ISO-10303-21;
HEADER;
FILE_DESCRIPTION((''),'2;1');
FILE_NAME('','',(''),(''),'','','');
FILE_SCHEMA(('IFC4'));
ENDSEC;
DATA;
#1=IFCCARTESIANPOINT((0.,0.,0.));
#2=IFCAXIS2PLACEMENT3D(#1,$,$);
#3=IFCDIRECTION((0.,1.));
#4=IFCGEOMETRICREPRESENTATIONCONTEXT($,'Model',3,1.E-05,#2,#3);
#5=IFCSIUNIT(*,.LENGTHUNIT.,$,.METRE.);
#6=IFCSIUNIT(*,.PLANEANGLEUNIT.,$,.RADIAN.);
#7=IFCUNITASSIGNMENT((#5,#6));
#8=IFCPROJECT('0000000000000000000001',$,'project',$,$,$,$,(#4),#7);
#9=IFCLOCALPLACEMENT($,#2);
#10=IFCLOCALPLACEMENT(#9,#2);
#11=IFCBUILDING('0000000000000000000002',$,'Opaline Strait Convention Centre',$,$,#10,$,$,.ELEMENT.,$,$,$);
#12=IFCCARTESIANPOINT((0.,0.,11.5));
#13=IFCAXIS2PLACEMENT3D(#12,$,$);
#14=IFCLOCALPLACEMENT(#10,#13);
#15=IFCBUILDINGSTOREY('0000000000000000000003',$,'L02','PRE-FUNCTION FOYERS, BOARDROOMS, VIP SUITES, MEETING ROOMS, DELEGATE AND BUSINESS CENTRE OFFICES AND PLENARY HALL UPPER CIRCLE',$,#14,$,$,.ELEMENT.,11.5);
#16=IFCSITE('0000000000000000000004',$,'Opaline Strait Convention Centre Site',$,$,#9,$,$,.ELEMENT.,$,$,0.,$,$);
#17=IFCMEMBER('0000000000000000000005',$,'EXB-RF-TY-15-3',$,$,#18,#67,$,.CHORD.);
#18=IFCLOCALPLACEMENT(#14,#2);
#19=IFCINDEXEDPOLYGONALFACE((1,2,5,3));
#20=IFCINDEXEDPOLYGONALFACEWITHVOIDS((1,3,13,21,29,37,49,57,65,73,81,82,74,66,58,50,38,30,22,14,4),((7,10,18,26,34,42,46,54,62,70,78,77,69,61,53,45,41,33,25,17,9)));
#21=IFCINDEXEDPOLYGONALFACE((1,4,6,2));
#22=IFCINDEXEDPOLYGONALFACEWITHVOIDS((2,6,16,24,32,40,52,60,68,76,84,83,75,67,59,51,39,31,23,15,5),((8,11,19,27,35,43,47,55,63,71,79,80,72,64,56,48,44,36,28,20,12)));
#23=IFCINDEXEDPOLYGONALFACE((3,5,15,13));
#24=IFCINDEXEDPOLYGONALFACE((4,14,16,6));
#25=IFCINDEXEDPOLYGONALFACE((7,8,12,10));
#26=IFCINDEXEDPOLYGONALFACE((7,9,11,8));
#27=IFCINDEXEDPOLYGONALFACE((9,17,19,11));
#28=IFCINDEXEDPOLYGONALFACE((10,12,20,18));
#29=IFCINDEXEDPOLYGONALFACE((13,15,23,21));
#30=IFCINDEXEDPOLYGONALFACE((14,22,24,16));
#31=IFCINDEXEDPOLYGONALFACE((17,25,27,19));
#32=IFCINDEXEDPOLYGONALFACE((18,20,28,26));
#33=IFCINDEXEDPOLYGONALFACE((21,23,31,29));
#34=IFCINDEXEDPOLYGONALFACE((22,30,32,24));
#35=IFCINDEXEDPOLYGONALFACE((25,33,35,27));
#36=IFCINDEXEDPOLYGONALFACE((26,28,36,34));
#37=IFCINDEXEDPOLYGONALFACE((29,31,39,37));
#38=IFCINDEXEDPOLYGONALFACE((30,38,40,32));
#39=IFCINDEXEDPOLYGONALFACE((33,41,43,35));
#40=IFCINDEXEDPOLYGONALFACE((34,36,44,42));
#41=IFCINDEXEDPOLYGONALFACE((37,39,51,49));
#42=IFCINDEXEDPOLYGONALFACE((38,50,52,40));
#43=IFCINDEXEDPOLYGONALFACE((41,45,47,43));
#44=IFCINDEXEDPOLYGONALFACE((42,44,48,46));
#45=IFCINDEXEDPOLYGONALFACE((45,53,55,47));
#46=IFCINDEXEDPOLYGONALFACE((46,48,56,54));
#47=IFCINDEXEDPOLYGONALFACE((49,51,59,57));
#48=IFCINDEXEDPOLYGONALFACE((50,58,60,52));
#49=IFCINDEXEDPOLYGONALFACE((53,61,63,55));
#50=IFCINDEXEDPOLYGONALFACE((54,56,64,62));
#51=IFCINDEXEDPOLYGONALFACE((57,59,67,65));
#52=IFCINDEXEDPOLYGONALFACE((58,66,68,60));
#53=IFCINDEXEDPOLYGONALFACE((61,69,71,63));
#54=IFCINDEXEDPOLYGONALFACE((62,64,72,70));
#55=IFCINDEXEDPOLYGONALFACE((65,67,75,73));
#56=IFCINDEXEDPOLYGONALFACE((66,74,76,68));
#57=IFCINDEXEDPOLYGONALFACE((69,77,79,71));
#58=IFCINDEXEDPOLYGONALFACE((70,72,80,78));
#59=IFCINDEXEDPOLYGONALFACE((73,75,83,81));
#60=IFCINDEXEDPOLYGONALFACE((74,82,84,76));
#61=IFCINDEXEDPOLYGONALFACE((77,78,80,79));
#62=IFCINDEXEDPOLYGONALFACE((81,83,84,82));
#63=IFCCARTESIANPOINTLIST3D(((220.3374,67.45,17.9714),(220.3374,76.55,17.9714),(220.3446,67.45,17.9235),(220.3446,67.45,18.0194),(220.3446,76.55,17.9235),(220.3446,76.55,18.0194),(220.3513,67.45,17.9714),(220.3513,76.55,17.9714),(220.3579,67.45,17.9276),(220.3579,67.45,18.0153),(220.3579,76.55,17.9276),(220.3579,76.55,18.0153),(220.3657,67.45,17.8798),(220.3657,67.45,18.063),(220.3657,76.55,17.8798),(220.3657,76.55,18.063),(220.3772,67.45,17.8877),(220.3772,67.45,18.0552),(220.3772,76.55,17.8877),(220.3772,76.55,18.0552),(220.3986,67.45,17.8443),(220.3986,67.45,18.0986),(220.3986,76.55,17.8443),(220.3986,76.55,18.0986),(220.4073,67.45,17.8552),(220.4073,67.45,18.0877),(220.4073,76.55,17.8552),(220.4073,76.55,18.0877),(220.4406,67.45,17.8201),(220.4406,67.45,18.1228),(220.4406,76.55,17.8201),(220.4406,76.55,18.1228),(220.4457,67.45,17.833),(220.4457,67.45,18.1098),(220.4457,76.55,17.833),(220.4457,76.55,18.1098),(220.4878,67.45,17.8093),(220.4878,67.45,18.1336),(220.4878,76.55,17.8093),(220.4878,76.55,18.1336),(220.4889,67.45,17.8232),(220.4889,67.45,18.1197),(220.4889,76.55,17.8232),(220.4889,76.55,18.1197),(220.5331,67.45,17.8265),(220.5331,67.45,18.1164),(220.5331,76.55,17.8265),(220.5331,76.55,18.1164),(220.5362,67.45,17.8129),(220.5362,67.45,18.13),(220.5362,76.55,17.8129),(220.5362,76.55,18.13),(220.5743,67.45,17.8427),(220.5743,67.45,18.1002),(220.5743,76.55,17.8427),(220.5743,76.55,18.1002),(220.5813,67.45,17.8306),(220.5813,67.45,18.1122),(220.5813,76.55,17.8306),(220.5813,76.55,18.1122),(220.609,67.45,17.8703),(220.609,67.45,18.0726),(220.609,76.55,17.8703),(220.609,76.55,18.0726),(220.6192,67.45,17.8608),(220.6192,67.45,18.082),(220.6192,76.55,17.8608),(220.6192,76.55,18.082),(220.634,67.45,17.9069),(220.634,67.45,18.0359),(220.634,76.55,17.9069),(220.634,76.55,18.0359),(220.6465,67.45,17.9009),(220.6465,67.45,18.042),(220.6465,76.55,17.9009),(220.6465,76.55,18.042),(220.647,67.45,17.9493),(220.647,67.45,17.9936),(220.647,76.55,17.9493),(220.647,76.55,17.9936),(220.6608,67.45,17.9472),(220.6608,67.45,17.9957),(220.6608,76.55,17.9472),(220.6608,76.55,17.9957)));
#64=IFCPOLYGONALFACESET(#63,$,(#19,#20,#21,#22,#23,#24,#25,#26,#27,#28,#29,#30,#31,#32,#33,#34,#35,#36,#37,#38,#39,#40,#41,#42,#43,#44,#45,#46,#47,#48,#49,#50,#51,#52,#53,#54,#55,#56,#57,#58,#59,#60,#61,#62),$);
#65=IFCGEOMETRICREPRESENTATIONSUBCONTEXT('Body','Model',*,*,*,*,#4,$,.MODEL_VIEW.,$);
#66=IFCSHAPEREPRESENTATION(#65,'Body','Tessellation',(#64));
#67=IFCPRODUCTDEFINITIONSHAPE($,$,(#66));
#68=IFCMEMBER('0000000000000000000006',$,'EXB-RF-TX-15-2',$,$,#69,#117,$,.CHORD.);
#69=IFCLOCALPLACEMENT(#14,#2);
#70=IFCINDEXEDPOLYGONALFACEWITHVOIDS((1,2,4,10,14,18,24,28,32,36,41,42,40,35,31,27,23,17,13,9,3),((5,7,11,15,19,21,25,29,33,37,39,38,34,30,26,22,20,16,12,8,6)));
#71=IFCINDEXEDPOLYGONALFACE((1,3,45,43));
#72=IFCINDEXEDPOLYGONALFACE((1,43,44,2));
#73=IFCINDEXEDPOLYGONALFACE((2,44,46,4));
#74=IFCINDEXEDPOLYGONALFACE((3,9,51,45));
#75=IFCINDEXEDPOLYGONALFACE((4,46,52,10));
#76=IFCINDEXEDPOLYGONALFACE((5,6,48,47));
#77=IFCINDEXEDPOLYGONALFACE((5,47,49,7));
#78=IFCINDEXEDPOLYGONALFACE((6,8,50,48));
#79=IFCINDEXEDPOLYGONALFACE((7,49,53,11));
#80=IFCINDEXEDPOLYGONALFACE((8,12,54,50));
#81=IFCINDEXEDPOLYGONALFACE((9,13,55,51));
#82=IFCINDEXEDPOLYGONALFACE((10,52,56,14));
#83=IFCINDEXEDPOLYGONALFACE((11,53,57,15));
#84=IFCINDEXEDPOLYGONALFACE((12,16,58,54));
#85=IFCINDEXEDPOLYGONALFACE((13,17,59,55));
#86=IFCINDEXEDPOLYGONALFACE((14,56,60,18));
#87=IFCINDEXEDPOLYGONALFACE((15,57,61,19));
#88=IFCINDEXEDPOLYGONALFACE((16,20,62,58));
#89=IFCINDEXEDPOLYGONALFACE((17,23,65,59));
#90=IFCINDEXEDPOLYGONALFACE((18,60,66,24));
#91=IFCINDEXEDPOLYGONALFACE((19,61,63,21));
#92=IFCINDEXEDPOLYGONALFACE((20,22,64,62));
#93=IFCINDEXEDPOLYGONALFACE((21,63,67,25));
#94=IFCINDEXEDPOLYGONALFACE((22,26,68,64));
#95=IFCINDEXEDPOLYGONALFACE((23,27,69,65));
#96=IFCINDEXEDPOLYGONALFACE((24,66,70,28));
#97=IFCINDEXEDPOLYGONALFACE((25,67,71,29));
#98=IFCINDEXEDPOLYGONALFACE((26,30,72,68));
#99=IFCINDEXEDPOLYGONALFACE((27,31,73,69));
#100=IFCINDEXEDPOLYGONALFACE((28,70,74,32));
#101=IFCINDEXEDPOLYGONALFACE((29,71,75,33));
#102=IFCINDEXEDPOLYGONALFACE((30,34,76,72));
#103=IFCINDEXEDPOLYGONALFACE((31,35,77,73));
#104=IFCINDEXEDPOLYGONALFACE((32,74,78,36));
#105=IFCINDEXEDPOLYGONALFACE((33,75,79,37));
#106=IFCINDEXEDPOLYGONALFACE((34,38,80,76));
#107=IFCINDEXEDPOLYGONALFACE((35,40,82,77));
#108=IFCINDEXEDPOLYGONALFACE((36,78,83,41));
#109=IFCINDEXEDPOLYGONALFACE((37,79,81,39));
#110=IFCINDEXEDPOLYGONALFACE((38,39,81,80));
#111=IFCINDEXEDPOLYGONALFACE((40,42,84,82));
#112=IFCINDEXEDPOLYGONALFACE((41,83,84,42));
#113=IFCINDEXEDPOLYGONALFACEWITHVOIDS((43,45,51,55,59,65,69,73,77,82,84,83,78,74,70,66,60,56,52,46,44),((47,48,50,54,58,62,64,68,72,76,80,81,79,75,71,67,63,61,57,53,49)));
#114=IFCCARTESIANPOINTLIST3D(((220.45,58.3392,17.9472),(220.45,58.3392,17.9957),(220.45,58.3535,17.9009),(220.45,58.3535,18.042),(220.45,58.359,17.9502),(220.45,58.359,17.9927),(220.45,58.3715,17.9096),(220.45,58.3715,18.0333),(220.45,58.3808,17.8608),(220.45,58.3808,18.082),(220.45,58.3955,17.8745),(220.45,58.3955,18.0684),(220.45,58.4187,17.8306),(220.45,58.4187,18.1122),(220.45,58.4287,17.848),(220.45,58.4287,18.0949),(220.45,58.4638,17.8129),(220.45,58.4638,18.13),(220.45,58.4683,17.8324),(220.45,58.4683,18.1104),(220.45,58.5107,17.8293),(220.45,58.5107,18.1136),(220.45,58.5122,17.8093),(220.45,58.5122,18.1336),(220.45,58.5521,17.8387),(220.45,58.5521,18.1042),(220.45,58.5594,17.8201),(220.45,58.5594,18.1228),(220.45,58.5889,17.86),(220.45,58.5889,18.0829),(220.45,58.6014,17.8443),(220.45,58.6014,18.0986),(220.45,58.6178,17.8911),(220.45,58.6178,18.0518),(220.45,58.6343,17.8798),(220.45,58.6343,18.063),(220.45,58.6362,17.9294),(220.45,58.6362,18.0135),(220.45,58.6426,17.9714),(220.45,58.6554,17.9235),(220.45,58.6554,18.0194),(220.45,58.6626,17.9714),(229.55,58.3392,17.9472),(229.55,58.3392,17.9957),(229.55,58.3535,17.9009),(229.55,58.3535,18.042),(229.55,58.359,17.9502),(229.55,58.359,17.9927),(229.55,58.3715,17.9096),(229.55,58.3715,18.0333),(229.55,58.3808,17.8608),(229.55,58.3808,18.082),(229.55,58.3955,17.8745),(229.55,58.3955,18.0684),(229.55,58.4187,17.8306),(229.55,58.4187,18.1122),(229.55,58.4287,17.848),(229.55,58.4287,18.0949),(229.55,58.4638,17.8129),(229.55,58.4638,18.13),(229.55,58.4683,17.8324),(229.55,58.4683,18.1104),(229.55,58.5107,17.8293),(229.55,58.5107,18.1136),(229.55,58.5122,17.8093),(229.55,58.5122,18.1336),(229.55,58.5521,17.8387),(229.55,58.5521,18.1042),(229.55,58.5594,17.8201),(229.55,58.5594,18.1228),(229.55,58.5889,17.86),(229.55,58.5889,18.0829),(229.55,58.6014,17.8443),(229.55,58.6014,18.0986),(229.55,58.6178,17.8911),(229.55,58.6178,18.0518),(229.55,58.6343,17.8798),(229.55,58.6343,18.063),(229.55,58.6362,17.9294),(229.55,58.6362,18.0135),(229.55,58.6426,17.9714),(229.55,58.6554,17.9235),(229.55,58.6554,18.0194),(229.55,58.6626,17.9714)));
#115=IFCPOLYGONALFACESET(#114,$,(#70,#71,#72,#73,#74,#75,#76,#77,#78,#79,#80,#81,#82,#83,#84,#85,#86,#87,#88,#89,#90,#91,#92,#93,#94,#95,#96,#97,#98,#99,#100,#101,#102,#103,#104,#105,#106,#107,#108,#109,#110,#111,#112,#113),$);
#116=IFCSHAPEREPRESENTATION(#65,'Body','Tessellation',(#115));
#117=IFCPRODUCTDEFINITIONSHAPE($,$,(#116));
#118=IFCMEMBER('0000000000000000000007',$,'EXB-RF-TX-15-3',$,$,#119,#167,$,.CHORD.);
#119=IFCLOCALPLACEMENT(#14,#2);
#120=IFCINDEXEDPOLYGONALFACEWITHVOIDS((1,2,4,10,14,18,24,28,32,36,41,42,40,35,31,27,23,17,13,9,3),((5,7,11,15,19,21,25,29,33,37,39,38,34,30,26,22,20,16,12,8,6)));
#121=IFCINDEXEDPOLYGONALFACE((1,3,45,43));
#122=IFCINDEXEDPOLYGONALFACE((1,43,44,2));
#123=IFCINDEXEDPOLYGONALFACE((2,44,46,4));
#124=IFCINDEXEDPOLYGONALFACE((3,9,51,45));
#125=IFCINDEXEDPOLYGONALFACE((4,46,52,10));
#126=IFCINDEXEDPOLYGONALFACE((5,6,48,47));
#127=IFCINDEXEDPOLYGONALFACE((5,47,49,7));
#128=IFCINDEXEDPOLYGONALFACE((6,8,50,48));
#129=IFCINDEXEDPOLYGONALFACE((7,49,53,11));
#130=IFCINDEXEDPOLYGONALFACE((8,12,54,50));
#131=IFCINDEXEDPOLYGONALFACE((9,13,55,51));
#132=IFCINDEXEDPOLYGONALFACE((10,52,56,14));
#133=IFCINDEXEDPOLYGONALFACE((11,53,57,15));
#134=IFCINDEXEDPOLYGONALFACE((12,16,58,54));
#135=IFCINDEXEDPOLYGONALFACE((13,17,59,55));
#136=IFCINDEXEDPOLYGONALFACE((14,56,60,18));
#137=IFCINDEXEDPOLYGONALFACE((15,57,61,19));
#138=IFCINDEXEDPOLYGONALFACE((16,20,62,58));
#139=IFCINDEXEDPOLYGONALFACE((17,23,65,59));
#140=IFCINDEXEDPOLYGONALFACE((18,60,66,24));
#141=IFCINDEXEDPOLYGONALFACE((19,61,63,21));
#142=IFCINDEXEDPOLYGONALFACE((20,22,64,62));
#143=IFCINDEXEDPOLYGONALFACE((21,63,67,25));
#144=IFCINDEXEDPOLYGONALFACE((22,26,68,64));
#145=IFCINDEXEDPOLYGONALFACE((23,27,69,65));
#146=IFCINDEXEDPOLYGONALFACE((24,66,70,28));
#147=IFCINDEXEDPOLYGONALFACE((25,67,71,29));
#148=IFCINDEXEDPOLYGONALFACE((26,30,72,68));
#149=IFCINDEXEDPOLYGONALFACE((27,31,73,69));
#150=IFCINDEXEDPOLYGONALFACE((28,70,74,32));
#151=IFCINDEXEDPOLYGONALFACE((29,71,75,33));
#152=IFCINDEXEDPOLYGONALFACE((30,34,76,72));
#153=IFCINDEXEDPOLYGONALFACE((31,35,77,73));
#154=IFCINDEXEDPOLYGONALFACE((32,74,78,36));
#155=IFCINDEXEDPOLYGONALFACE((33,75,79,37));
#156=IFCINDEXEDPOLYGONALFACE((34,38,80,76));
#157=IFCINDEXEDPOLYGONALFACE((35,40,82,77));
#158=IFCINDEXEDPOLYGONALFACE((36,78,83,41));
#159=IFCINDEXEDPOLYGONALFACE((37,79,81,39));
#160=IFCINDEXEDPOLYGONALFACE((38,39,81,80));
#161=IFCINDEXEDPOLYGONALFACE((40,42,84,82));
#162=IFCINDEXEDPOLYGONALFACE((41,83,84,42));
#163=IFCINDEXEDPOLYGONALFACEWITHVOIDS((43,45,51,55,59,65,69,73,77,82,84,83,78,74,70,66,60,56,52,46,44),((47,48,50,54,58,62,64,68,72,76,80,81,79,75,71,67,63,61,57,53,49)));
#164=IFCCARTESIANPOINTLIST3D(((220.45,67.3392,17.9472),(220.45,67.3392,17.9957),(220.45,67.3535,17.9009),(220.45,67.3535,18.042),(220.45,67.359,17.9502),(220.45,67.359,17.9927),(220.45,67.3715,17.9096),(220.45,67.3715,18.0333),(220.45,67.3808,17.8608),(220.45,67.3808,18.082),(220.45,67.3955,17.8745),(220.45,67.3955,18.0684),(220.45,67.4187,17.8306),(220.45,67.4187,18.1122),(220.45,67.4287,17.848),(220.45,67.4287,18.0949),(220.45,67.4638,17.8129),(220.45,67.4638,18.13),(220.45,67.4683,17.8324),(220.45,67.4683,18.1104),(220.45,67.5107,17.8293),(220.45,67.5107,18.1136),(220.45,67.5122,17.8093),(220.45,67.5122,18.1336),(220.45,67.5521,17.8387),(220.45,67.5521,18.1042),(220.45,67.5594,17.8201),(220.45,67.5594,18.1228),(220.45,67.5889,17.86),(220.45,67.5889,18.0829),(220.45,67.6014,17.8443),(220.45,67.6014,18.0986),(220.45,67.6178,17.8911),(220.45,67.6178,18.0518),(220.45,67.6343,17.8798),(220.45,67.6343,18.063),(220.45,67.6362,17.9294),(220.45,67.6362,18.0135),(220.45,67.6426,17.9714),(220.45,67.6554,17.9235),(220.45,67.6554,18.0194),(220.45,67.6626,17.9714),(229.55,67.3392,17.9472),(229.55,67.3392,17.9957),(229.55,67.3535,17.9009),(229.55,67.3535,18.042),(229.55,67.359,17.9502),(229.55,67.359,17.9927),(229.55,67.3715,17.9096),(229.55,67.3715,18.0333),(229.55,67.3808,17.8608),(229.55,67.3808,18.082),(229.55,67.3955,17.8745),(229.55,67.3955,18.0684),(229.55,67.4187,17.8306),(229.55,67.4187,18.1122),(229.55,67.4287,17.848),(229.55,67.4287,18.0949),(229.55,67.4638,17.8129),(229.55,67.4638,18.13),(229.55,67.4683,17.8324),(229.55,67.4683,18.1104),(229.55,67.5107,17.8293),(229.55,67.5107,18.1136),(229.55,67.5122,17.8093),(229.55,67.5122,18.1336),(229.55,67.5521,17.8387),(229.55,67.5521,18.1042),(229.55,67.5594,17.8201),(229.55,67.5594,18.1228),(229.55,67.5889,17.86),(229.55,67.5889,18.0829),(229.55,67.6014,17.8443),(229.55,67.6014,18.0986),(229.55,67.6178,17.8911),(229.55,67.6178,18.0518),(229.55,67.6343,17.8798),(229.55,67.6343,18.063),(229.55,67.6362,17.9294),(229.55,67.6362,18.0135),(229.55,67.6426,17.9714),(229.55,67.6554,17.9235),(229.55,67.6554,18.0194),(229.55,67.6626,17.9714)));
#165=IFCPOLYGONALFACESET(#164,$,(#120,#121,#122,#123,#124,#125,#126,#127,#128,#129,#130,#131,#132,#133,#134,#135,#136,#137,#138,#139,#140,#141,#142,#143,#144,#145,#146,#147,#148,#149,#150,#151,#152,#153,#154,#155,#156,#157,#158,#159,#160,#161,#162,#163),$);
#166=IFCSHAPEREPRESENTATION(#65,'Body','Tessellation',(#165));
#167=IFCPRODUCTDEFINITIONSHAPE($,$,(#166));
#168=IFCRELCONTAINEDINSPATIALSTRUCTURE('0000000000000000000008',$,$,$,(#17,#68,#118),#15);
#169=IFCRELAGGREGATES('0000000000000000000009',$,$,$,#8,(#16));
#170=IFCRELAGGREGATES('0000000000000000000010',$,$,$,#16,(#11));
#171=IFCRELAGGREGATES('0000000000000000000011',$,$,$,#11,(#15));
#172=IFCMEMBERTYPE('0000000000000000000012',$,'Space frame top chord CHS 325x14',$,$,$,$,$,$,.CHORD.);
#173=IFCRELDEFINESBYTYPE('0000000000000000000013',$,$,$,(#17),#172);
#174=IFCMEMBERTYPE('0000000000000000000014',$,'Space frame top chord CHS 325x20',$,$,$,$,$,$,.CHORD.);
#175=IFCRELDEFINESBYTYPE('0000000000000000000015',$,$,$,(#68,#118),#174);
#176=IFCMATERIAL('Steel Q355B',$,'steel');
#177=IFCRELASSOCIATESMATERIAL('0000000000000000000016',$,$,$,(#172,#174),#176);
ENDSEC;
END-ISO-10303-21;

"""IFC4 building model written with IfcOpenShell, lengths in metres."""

from ifc_helpers import new_model, si_unit, direction, frame, origin, origin_2d, place, context, subcontext, project, spatial, hollow_circle, extrude, material, material_profile, profile_set, type_object, element, save


model = new_model("IFC4")

# Units and contexts
model_context = context("Model", 3, precision=1e-05, world=origin(), true_north=direction((0.0, 1.0)))
body_context = subcontext(model_context, "Body", "Model", "MODEL_VIEW")
ifc_project = project(units=[si_unit("LENGTHUNIT", "METRE"), si_unit("PLANEANGLEUNIT", "RADIAN")], contexts=[model_context])

# Site, building, storey
site_placement = place(None, origin())
site = spatial("IfcSite", under=ifc_project, at=site_placement, Name="Opaline Strait Convention Centre Site", CompositionType="ELEMENT", RefElevation=0.0)
building_placement = place(site_placement, origin())
building = spatial("IfcBuilding", under=site, at=building_placement, Name="Opaline Strait Convention Centre", CompositionType="ELEMENT")
storey_placement = place(building_placement, frame((0.0, 0.0, 11.5)))
storey = spatial("IfcBuildingStorey", under=building, at=storey_placement, Name="L02", Description="PRE-FUNCTION FOYERS, BOARDROOMS, VIP SUITES, MEETING ROOMS, DELEGATE AND BUSINESS CENTRE OFFICES AND PLENARY HALL UPPER CIRCLE", CompositionType="ELEMENT", Elevation=11.5)

# Members
ifc_material = material(Name="Steel Q355B", Category="steel")
ifc_material_profile_1 = material_profile(ifc_material, hollow_circle(Radius=0.1626, WallThickness=0.0139, at=origin_2d()), Name="CHS 325x14")
ifc_profile_set_1 = profile_set([ifc_material_profile_1], Name="Steel Q355B")
member_type_1 = type_object("IfcMemberType", Name="Space frame top chord CHS 325x14", PredefinedType="CHORD", material=ifc_profile_set_1)
member_1_placement = place(storey_placement, frame((220.5, 67.45, 17.9714), z_axis=(0.0, 1.0, 0.0), x_axis=(-1.0, 0.0, 0.0)))
element("IfcMember", 1, at=member_1_placement, inside=storey, type_object=member_type_1, Name="EXB-RF-TY-15-3", PredefinedType="CHORD", context=body_context, shape_type="SweptSolid", body=[
    extrude(hollow_circle(Radius=0.1626, WallThickness=0.0139, at=origin_2d()), origin(), (0.0, 0.0, 1.0), 9.1001),
])
ifc_material_profile_2 = material_profile(ifc_material, hollow_circle(Radius=0.1626, WallThickness=0.02, at=origin_2d()), Name="CHS 325x20")
ifc_profile_set_2 = profile_set([ifc_material_profile_2], Name="Steel Q355B")
member_type_2 = type_object("IfcMemberType", Name="Space frame top chord CHS 325x20", PredefinedType="CHORD", material=ifc_profile_set_2)
for number, where, z_axis, x_axis, name in (
    (2, (220.45, 58.5, 17.9714), (1.0, 0.0, 0.0), (0.0, 1.0, 0.0), "EXB-RF-TX-15-2"),
    (3, (220.45, 67.5, 17.9714), (1.0, 0.0, 0.0), (0.0, 1.0, 0.0), "EXB-RF-TX-15-3"),
):
    element("IfcMember", number, at=place(storey_placement, frame(where, z_axis=z_axis, x_axis=x_axis)), inside=storey, type_object=member_type_2, Name=name, PredefinedType="CHORD", context=body_context, shape_type="SweptSolid", body=[
        extrude(hollow_circle(Radius=0.1626, WallThickness=0.02, at=origin_2d()), origin(), (0.0, 0.0, 1.0), 9.1001),
    ])

save(model, "model.ifc")
